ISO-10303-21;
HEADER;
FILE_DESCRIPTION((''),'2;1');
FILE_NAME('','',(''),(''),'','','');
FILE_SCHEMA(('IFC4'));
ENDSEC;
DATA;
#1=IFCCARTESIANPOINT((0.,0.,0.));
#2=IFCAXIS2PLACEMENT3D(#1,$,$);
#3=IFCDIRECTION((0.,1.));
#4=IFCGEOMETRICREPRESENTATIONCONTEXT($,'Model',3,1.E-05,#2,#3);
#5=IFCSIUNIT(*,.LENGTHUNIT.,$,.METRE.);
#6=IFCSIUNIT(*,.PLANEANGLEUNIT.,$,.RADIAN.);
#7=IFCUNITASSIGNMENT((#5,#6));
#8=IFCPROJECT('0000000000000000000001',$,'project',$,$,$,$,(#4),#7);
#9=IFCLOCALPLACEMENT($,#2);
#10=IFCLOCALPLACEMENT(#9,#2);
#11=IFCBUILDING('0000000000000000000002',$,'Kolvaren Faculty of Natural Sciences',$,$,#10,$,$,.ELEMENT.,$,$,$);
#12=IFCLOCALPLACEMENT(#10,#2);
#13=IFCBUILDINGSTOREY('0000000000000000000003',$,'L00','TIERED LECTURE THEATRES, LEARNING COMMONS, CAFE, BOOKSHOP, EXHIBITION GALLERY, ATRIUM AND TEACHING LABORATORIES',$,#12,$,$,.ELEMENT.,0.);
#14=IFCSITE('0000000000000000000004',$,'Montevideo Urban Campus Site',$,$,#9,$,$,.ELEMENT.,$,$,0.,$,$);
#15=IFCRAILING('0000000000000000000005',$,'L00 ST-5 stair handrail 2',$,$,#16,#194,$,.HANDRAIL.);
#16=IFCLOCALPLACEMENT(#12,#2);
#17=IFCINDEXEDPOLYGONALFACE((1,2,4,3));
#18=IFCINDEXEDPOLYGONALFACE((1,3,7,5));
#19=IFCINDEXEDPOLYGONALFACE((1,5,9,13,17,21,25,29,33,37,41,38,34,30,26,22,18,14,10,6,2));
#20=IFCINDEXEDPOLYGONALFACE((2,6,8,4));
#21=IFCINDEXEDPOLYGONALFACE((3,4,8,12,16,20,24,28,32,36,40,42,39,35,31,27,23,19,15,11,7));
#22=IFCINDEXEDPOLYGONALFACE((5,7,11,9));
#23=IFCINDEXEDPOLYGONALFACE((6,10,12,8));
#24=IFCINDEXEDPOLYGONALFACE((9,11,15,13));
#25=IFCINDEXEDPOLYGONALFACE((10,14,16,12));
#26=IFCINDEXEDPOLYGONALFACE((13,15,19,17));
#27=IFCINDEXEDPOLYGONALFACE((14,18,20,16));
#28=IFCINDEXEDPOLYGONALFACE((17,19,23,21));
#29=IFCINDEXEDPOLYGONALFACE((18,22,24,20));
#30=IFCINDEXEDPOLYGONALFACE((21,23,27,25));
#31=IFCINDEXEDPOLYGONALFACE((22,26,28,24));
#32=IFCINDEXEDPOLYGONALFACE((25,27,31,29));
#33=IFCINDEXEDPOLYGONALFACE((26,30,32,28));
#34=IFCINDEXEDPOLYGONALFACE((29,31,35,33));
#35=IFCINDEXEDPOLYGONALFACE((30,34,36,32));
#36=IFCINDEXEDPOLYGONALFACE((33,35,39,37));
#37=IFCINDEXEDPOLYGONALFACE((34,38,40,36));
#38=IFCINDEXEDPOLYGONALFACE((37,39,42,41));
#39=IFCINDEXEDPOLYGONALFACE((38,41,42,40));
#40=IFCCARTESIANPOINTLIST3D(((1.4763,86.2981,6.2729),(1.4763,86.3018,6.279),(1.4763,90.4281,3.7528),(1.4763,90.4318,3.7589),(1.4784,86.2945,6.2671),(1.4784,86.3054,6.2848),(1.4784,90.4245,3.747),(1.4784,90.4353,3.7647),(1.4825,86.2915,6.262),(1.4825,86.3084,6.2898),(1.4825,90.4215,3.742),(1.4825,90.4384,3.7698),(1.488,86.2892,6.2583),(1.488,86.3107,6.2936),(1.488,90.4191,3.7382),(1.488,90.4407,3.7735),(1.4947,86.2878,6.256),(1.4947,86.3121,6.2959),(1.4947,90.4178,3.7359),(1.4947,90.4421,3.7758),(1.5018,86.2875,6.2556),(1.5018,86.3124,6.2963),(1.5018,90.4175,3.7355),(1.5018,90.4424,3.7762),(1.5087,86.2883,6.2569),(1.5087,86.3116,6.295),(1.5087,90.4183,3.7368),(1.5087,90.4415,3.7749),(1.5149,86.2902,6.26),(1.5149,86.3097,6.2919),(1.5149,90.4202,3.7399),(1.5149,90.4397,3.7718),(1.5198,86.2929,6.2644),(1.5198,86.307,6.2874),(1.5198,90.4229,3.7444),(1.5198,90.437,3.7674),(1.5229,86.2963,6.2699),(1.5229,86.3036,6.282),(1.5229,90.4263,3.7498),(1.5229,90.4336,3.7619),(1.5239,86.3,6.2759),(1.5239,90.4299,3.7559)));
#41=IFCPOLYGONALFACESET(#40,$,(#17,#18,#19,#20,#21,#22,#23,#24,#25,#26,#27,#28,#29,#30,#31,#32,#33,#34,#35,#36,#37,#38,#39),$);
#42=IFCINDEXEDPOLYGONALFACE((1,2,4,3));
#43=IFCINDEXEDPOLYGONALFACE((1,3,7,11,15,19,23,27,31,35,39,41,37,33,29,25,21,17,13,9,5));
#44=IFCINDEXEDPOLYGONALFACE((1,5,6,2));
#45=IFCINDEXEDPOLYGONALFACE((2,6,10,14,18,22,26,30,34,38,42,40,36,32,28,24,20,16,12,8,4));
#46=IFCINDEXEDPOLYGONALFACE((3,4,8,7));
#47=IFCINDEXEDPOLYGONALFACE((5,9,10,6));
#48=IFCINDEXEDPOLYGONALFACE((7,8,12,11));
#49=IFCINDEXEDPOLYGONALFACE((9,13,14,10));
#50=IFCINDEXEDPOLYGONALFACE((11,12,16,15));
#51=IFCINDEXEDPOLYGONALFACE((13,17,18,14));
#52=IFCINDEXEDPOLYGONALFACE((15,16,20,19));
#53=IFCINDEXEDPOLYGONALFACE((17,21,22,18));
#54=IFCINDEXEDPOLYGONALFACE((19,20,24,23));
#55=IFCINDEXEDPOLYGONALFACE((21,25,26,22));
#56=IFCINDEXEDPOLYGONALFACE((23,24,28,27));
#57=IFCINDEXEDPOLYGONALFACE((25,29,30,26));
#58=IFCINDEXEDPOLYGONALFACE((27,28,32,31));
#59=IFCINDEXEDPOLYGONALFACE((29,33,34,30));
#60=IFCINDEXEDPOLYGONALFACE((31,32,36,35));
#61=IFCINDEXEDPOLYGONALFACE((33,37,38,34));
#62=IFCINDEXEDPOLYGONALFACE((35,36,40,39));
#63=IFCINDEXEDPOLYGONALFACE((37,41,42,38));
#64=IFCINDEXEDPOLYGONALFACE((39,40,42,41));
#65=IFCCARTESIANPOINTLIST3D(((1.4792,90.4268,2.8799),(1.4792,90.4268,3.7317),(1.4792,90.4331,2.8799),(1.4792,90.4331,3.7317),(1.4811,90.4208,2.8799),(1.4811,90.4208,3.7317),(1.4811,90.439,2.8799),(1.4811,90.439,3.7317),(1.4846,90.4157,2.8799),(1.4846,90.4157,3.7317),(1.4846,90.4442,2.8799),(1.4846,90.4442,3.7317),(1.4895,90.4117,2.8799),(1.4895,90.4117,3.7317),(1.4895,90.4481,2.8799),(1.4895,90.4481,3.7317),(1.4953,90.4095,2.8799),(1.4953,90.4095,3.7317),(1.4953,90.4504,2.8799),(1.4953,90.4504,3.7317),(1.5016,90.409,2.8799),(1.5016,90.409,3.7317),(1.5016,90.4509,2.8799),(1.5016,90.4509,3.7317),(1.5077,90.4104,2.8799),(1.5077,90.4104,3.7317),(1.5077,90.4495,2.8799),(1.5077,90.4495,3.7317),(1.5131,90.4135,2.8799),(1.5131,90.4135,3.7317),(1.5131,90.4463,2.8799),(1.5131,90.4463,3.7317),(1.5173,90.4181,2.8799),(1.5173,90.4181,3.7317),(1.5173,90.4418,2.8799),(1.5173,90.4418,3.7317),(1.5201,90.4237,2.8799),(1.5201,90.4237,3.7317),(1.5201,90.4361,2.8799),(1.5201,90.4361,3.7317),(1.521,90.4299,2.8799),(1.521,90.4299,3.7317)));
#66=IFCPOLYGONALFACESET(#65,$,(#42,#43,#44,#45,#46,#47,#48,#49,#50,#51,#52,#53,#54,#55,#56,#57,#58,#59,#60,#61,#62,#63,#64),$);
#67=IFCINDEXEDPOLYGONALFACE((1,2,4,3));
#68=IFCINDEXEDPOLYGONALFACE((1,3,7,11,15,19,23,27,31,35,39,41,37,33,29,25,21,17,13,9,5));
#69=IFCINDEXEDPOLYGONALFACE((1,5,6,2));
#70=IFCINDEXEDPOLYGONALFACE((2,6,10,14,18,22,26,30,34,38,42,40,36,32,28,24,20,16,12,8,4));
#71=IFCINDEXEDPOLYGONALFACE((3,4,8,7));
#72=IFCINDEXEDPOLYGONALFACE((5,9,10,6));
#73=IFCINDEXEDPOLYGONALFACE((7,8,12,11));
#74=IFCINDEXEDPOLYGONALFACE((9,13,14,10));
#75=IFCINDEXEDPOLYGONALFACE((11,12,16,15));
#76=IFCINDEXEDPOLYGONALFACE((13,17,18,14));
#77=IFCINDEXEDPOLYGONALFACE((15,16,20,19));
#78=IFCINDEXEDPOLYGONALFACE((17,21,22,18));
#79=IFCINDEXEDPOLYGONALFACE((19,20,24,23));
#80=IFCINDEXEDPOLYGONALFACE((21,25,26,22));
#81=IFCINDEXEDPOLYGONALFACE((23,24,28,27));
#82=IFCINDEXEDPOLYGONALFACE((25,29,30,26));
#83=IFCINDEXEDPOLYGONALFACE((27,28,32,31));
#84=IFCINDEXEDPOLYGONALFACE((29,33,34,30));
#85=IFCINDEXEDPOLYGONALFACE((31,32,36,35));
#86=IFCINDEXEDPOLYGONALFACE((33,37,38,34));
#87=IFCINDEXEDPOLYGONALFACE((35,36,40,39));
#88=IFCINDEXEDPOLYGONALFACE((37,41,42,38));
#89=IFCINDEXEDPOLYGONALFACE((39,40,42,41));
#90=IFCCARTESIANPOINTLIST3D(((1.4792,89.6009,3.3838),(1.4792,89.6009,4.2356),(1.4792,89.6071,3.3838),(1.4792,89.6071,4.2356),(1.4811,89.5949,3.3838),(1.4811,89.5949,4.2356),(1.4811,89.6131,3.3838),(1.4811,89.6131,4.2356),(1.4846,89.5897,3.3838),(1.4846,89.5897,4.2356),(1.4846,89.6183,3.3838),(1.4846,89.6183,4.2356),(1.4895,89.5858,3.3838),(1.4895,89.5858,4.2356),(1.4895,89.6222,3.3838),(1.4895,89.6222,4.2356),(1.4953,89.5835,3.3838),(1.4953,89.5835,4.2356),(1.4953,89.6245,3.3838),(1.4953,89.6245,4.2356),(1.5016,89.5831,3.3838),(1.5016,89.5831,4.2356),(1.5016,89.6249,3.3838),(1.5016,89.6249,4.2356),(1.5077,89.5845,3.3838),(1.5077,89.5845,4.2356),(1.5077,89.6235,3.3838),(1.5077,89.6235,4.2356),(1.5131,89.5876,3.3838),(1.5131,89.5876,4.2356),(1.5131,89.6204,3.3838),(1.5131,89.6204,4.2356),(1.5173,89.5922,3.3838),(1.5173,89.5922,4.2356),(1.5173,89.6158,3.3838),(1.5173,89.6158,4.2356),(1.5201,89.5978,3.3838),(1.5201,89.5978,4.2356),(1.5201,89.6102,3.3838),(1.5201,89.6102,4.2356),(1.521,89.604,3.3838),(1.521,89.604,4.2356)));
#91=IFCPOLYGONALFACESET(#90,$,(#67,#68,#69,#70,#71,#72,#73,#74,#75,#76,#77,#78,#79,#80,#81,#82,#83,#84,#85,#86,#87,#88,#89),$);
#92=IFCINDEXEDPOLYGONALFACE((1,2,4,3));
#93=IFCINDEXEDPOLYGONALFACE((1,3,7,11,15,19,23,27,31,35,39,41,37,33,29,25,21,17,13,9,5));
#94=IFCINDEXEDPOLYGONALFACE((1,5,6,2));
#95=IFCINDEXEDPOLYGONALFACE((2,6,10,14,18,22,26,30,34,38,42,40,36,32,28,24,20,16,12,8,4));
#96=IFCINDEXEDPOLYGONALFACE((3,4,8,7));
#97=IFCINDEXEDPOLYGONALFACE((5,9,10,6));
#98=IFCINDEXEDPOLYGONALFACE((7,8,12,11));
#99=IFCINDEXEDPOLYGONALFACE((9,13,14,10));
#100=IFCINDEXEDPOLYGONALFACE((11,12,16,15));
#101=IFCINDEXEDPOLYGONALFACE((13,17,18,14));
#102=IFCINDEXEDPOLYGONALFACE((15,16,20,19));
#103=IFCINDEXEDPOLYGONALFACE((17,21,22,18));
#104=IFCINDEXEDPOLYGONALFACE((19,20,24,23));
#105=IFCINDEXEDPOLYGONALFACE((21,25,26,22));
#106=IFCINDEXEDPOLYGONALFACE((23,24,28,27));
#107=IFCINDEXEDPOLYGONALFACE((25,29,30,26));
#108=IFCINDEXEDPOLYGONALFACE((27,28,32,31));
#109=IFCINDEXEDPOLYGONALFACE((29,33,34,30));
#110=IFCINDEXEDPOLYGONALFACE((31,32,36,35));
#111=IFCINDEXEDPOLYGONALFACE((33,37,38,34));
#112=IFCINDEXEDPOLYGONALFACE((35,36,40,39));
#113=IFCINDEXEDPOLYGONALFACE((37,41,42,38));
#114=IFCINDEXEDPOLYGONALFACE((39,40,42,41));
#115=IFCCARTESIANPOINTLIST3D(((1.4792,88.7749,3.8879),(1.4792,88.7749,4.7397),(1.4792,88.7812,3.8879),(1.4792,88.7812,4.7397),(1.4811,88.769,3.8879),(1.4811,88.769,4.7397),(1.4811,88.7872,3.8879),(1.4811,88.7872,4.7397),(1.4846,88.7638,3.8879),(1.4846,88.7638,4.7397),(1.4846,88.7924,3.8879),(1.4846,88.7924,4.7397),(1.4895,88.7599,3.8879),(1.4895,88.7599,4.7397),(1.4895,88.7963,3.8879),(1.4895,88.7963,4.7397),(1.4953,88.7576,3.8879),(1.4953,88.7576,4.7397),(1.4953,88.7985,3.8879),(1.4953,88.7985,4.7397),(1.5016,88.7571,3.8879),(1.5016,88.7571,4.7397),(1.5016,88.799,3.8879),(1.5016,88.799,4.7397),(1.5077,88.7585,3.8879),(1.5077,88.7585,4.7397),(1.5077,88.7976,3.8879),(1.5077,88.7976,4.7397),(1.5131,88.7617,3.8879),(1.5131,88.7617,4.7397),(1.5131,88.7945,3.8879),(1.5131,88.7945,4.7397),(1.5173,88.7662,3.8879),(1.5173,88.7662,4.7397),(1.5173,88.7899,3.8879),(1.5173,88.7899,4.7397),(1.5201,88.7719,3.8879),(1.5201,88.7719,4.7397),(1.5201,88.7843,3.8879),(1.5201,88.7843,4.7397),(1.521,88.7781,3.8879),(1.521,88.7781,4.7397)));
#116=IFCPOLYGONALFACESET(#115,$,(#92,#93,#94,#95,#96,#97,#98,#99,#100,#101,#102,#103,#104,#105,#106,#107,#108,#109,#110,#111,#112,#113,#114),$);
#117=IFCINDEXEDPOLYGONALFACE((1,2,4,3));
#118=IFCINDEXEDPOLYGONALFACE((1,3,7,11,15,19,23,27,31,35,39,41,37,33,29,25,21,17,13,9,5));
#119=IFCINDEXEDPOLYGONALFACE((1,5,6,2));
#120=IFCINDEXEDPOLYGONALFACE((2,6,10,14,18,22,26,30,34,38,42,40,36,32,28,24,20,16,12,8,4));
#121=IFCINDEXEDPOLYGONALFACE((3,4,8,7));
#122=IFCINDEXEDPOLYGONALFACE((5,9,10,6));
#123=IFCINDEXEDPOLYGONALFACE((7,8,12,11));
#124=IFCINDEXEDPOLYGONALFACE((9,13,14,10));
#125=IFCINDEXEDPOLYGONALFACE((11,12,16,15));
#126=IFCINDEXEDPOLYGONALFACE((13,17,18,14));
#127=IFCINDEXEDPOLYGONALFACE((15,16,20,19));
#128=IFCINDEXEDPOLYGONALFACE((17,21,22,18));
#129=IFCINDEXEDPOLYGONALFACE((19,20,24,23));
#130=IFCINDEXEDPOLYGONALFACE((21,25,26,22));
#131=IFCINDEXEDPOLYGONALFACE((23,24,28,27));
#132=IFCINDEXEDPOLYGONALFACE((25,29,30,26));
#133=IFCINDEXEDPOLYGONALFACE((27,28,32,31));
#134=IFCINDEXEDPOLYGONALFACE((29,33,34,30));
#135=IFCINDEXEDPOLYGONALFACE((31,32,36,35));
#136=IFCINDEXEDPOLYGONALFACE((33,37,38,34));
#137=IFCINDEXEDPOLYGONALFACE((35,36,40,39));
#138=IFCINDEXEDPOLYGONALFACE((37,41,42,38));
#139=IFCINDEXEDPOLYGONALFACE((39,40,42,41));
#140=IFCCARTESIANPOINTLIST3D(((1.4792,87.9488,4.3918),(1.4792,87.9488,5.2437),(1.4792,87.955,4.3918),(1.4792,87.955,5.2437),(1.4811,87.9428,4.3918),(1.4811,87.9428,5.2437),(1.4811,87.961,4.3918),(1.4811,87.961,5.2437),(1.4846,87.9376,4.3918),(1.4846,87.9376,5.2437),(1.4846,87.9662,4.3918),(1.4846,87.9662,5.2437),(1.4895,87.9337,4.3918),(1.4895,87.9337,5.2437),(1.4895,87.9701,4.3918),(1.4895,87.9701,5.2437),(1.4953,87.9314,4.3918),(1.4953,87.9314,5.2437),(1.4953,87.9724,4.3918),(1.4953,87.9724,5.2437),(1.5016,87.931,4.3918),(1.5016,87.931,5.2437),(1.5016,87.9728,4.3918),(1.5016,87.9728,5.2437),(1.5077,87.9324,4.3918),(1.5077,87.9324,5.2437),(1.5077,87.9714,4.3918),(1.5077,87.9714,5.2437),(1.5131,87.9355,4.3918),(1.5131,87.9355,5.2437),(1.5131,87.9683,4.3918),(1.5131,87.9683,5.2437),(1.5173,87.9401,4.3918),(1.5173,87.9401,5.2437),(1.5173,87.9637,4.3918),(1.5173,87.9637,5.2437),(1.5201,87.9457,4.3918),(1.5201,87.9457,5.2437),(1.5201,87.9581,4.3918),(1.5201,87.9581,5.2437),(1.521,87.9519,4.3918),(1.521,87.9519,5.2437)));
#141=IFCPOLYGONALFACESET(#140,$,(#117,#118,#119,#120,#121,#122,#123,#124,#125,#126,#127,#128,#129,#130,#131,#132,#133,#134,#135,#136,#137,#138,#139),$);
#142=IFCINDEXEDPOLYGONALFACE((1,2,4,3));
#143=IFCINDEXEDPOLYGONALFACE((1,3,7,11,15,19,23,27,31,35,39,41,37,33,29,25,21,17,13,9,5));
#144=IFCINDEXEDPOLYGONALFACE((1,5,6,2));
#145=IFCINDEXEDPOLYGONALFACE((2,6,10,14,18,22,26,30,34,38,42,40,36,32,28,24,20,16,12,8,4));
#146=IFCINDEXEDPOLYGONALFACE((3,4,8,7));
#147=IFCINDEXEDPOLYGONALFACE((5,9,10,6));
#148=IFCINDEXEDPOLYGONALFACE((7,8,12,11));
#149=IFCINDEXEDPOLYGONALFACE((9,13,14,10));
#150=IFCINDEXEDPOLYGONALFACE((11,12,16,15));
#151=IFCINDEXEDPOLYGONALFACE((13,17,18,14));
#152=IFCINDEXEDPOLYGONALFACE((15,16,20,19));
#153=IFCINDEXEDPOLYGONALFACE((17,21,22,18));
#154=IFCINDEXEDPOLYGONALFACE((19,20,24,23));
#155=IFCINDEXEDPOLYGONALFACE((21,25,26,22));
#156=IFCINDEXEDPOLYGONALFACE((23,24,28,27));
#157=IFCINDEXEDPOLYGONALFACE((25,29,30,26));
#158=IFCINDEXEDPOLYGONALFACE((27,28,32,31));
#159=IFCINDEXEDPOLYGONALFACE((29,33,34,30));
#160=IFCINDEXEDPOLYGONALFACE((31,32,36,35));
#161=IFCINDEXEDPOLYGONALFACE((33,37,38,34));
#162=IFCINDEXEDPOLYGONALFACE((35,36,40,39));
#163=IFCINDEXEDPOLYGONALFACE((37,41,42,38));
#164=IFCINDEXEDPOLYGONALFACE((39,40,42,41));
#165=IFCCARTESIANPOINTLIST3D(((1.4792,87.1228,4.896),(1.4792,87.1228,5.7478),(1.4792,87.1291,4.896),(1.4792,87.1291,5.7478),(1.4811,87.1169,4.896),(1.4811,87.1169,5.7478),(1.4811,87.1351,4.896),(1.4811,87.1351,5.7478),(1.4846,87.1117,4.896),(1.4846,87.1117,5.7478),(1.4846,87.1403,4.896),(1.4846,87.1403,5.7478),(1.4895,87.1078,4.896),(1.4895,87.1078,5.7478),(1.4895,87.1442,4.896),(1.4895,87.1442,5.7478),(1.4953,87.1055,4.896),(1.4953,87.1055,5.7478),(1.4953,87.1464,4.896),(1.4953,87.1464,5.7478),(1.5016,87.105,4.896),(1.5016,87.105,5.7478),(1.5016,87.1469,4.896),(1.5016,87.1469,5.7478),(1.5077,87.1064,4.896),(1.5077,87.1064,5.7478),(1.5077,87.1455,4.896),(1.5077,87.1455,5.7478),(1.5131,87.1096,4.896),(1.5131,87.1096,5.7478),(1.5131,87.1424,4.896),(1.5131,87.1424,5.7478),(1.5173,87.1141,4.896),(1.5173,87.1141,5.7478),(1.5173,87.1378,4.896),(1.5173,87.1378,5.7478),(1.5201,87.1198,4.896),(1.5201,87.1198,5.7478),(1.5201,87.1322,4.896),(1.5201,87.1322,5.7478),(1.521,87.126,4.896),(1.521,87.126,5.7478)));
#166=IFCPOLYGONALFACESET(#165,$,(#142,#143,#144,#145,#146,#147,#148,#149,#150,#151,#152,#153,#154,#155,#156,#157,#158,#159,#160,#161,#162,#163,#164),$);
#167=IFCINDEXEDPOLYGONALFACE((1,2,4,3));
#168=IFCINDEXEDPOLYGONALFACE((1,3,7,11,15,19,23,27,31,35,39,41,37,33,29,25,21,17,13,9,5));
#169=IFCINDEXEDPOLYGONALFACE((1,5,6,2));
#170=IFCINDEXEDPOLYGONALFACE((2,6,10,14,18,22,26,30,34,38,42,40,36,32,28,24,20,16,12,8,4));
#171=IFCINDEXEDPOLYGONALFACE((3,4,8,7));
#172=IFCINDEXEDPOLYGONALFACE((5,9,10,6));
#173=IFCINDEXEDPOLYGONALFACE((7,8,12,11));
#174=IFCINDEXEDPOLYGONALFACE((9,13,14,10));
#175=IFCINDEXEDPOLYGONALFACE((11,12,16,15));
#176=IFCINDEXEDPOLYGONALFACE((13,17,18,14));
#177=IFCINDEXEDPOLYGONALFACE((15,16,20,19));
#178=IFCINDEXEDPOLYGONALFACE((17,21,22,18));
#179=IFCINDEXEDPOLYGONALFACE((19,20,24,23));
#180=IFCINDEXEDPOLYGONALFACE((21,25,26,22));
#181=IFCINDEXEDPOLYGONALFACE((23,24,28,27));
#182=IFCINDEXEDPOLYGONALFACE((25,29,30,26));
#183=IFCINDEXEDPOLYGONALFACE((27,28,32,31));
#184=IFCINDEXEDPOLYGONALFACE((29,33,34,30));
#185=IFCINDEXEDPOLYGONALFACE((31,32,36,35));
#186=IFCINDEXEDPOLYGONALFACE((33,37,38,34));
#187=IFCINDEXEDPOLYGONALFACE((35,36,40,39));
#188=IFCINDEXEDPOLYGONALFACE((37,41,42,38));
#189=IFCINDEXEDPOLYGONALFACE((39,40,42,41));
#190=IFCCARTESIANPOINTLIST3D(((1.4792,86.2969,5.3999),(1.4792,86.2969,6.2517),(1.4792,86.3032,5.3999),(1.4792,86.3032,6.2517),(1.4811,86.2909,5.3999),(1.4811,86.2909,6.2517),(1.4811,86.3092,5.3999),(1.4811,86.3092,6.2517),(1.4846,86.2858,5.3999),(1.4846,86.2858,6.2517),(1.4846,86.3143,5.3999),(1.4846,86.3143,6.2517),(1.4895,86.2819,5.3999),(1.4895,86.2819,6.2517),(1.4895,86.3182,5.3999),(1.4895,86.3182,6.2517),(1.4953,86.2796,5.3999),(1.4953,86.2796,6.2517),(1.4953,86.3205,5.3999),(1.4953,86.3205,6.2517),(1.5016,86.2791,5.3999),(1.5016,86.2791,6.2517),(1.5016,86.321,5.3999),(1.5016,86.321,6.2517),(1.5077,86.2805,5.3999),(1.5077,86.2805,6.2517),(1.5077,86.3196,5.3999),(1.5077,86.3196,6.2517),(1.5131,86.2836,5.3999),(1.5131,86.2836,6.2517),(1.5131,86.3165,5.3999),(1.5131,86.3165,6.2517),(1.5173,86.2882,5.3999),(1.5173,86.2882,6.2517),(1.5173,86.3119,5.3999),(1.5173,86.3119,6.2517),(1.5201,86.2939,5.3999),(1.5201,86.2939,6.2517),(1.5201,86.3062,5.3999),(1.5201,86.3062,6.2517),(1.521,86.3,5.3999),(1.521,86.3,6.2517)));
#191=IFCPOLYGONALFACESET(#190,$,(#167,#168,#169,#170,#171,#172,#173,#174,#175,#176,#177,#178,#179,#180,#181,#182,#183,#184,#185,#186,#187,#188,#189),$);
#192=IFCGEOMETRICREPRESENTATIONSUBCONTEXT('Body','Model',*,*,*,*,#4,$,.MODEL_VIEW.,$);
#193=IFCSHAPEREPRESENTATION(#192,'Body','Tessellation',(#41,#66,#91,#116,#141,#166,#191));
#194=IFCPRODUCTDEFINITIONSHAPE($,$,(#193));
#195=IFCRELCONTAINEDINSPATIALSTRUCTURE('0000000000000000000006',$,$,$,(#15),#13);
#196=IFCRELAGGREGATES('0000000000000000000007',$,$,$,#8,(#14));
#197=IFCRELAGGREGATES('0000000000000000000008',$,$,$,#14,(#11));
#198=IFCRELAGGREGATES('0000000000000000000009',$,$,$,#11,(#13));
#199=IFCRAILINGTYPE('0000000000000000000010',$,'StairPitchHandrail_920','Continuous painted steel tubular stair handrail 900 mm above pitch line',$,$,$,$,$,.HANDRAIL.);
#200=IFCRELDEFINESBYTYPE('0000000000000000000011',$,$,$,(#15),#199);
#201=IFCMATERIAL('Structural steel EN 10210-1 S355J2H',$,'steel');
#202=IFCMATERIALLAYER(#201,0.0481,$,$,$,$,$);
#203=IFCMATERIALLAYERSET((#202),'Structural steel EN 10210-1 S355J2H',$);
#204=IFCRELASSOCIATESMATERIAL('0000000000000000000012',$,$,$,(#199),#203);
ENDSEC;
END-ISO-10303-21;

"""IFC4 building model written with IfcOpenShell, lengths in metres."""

from ifc_helpers import new_model, si_unit, direction, frame, origin, origin_2d, place, context, subcontext, project, spatial, circle, extrude, material, layer, layer_set, type_object, element, save


model = new_model("IFC4")

# Units and contexts
model_context = context("Model", 3, precision=1e-05, world=origin(), true_north=direction((0.0, 1.0)))
body_context = subcontext(model_context, "Body", "Model", "MODEL_VIEW")
ifc_project = project(units=[si_unit("LENGTHUNIT", "METRE"), si_unit("PLANEANGLEUNIT", "RADIAN")], contexts=[model_context])

# Site, building, storey
site_placement = place(None, origin())
site = spatial("IfcSite", under=ifc_project, at=site_placement, Name="Montevideo Urban Campus Site", CompositionType="ELEMENT", RefElevation=0.0)
building_placement = place(site_placement, origin())
building = spatial("IfcBuilding", under=site, at=building_placement, Name="Kolvaren Faculty of Natural Sciences", CompositionType="ELEMENT")
storey_placement = place(building_placement, origin())
storey = spatial("IfcBuildingStorey", under=building, at=storey_placement, Name="L00", Description="TIERED LECTURE THEATRES, LEARNING COMMONS, CAFE, BOOKSHOP, EXHIBITION GALLERY, ATRIUM AND TEACHING LABORATORIES", CompositionType="ELEMENT", Elevation=0.0)

# Railing
ifc_material_1 = material(Name="Structural steel EN 10210-1 S355J2H", Category="steel")
ifc_layer_1 = layer(ifc_material_1, 0.0481)
ifc_layer_set_1 = layer_set([ifc_layer_1], Name="Structural steel EN 10210-1 S355J2H")
railing_type_1 = type_object("IfcRailingType", Name="StairPitchHandrail_920", Description="Continuous painted steel tubular stair handrail 900 mm above pitch line", PredefinedType="HANDRAIL", material=ifc_layer_set_1)
railing_1_placement = place(storey_placement, frame((1.5, 90.4299, 2.8799)))
element("IfcRailing", 1, at=railing_1_placement, inside=storey, type_object=railing_type_1, Name="L00 ST-5 stair handrail 2", PredefinedType="HANDRAIL", context=body_context, shape_type="SweptSolid", body=[
    extrude(circle(Radius=0.0239, at=origin_2d()), frame((0.0, 0.0, 0.876), z_axis=(0.0, -0.853631, 0.520878), x_axis=(1.0, 0.0, 0.0)), (0.0, 0.0, 1.0), 4.8381),
    extrude(circle(Radius=0.021, at=origin_2d()), origin(), (0.0, 0.0, 1.0), 0.8518),
    extrude(circle(Radius=0.021, at=origin_2d()), frame((0.0, -0.8259, 0.5039)), (0.0, 0.0, 1.0), 0.8518),
    extrude(circle(Radius=0.021, at=origin_2d()), frame((0.0, -1.6519, 1.0081)), (0.0, 0.0, 1.0), 0.8518),
    extrude(circle(Radius=0.021, at=origin_2d()), frame((0.0, -2.478, 1.512)), (0.0, 0.0, 1.0), 0.8518),
    extrude(circle(Radius=0.021, at=origin_2d()), frame((0.0, -3.304, 2.0161)), (0.0, 0.0, 1.0), 0.8518),
    extrude(circle(Radius=0.021, at=origin_2d()), frame((0.0, -4.1299, 2.52)), (0.0, 0.0, 1.0), 0.8518),
])

save(model, "model.ifc")
